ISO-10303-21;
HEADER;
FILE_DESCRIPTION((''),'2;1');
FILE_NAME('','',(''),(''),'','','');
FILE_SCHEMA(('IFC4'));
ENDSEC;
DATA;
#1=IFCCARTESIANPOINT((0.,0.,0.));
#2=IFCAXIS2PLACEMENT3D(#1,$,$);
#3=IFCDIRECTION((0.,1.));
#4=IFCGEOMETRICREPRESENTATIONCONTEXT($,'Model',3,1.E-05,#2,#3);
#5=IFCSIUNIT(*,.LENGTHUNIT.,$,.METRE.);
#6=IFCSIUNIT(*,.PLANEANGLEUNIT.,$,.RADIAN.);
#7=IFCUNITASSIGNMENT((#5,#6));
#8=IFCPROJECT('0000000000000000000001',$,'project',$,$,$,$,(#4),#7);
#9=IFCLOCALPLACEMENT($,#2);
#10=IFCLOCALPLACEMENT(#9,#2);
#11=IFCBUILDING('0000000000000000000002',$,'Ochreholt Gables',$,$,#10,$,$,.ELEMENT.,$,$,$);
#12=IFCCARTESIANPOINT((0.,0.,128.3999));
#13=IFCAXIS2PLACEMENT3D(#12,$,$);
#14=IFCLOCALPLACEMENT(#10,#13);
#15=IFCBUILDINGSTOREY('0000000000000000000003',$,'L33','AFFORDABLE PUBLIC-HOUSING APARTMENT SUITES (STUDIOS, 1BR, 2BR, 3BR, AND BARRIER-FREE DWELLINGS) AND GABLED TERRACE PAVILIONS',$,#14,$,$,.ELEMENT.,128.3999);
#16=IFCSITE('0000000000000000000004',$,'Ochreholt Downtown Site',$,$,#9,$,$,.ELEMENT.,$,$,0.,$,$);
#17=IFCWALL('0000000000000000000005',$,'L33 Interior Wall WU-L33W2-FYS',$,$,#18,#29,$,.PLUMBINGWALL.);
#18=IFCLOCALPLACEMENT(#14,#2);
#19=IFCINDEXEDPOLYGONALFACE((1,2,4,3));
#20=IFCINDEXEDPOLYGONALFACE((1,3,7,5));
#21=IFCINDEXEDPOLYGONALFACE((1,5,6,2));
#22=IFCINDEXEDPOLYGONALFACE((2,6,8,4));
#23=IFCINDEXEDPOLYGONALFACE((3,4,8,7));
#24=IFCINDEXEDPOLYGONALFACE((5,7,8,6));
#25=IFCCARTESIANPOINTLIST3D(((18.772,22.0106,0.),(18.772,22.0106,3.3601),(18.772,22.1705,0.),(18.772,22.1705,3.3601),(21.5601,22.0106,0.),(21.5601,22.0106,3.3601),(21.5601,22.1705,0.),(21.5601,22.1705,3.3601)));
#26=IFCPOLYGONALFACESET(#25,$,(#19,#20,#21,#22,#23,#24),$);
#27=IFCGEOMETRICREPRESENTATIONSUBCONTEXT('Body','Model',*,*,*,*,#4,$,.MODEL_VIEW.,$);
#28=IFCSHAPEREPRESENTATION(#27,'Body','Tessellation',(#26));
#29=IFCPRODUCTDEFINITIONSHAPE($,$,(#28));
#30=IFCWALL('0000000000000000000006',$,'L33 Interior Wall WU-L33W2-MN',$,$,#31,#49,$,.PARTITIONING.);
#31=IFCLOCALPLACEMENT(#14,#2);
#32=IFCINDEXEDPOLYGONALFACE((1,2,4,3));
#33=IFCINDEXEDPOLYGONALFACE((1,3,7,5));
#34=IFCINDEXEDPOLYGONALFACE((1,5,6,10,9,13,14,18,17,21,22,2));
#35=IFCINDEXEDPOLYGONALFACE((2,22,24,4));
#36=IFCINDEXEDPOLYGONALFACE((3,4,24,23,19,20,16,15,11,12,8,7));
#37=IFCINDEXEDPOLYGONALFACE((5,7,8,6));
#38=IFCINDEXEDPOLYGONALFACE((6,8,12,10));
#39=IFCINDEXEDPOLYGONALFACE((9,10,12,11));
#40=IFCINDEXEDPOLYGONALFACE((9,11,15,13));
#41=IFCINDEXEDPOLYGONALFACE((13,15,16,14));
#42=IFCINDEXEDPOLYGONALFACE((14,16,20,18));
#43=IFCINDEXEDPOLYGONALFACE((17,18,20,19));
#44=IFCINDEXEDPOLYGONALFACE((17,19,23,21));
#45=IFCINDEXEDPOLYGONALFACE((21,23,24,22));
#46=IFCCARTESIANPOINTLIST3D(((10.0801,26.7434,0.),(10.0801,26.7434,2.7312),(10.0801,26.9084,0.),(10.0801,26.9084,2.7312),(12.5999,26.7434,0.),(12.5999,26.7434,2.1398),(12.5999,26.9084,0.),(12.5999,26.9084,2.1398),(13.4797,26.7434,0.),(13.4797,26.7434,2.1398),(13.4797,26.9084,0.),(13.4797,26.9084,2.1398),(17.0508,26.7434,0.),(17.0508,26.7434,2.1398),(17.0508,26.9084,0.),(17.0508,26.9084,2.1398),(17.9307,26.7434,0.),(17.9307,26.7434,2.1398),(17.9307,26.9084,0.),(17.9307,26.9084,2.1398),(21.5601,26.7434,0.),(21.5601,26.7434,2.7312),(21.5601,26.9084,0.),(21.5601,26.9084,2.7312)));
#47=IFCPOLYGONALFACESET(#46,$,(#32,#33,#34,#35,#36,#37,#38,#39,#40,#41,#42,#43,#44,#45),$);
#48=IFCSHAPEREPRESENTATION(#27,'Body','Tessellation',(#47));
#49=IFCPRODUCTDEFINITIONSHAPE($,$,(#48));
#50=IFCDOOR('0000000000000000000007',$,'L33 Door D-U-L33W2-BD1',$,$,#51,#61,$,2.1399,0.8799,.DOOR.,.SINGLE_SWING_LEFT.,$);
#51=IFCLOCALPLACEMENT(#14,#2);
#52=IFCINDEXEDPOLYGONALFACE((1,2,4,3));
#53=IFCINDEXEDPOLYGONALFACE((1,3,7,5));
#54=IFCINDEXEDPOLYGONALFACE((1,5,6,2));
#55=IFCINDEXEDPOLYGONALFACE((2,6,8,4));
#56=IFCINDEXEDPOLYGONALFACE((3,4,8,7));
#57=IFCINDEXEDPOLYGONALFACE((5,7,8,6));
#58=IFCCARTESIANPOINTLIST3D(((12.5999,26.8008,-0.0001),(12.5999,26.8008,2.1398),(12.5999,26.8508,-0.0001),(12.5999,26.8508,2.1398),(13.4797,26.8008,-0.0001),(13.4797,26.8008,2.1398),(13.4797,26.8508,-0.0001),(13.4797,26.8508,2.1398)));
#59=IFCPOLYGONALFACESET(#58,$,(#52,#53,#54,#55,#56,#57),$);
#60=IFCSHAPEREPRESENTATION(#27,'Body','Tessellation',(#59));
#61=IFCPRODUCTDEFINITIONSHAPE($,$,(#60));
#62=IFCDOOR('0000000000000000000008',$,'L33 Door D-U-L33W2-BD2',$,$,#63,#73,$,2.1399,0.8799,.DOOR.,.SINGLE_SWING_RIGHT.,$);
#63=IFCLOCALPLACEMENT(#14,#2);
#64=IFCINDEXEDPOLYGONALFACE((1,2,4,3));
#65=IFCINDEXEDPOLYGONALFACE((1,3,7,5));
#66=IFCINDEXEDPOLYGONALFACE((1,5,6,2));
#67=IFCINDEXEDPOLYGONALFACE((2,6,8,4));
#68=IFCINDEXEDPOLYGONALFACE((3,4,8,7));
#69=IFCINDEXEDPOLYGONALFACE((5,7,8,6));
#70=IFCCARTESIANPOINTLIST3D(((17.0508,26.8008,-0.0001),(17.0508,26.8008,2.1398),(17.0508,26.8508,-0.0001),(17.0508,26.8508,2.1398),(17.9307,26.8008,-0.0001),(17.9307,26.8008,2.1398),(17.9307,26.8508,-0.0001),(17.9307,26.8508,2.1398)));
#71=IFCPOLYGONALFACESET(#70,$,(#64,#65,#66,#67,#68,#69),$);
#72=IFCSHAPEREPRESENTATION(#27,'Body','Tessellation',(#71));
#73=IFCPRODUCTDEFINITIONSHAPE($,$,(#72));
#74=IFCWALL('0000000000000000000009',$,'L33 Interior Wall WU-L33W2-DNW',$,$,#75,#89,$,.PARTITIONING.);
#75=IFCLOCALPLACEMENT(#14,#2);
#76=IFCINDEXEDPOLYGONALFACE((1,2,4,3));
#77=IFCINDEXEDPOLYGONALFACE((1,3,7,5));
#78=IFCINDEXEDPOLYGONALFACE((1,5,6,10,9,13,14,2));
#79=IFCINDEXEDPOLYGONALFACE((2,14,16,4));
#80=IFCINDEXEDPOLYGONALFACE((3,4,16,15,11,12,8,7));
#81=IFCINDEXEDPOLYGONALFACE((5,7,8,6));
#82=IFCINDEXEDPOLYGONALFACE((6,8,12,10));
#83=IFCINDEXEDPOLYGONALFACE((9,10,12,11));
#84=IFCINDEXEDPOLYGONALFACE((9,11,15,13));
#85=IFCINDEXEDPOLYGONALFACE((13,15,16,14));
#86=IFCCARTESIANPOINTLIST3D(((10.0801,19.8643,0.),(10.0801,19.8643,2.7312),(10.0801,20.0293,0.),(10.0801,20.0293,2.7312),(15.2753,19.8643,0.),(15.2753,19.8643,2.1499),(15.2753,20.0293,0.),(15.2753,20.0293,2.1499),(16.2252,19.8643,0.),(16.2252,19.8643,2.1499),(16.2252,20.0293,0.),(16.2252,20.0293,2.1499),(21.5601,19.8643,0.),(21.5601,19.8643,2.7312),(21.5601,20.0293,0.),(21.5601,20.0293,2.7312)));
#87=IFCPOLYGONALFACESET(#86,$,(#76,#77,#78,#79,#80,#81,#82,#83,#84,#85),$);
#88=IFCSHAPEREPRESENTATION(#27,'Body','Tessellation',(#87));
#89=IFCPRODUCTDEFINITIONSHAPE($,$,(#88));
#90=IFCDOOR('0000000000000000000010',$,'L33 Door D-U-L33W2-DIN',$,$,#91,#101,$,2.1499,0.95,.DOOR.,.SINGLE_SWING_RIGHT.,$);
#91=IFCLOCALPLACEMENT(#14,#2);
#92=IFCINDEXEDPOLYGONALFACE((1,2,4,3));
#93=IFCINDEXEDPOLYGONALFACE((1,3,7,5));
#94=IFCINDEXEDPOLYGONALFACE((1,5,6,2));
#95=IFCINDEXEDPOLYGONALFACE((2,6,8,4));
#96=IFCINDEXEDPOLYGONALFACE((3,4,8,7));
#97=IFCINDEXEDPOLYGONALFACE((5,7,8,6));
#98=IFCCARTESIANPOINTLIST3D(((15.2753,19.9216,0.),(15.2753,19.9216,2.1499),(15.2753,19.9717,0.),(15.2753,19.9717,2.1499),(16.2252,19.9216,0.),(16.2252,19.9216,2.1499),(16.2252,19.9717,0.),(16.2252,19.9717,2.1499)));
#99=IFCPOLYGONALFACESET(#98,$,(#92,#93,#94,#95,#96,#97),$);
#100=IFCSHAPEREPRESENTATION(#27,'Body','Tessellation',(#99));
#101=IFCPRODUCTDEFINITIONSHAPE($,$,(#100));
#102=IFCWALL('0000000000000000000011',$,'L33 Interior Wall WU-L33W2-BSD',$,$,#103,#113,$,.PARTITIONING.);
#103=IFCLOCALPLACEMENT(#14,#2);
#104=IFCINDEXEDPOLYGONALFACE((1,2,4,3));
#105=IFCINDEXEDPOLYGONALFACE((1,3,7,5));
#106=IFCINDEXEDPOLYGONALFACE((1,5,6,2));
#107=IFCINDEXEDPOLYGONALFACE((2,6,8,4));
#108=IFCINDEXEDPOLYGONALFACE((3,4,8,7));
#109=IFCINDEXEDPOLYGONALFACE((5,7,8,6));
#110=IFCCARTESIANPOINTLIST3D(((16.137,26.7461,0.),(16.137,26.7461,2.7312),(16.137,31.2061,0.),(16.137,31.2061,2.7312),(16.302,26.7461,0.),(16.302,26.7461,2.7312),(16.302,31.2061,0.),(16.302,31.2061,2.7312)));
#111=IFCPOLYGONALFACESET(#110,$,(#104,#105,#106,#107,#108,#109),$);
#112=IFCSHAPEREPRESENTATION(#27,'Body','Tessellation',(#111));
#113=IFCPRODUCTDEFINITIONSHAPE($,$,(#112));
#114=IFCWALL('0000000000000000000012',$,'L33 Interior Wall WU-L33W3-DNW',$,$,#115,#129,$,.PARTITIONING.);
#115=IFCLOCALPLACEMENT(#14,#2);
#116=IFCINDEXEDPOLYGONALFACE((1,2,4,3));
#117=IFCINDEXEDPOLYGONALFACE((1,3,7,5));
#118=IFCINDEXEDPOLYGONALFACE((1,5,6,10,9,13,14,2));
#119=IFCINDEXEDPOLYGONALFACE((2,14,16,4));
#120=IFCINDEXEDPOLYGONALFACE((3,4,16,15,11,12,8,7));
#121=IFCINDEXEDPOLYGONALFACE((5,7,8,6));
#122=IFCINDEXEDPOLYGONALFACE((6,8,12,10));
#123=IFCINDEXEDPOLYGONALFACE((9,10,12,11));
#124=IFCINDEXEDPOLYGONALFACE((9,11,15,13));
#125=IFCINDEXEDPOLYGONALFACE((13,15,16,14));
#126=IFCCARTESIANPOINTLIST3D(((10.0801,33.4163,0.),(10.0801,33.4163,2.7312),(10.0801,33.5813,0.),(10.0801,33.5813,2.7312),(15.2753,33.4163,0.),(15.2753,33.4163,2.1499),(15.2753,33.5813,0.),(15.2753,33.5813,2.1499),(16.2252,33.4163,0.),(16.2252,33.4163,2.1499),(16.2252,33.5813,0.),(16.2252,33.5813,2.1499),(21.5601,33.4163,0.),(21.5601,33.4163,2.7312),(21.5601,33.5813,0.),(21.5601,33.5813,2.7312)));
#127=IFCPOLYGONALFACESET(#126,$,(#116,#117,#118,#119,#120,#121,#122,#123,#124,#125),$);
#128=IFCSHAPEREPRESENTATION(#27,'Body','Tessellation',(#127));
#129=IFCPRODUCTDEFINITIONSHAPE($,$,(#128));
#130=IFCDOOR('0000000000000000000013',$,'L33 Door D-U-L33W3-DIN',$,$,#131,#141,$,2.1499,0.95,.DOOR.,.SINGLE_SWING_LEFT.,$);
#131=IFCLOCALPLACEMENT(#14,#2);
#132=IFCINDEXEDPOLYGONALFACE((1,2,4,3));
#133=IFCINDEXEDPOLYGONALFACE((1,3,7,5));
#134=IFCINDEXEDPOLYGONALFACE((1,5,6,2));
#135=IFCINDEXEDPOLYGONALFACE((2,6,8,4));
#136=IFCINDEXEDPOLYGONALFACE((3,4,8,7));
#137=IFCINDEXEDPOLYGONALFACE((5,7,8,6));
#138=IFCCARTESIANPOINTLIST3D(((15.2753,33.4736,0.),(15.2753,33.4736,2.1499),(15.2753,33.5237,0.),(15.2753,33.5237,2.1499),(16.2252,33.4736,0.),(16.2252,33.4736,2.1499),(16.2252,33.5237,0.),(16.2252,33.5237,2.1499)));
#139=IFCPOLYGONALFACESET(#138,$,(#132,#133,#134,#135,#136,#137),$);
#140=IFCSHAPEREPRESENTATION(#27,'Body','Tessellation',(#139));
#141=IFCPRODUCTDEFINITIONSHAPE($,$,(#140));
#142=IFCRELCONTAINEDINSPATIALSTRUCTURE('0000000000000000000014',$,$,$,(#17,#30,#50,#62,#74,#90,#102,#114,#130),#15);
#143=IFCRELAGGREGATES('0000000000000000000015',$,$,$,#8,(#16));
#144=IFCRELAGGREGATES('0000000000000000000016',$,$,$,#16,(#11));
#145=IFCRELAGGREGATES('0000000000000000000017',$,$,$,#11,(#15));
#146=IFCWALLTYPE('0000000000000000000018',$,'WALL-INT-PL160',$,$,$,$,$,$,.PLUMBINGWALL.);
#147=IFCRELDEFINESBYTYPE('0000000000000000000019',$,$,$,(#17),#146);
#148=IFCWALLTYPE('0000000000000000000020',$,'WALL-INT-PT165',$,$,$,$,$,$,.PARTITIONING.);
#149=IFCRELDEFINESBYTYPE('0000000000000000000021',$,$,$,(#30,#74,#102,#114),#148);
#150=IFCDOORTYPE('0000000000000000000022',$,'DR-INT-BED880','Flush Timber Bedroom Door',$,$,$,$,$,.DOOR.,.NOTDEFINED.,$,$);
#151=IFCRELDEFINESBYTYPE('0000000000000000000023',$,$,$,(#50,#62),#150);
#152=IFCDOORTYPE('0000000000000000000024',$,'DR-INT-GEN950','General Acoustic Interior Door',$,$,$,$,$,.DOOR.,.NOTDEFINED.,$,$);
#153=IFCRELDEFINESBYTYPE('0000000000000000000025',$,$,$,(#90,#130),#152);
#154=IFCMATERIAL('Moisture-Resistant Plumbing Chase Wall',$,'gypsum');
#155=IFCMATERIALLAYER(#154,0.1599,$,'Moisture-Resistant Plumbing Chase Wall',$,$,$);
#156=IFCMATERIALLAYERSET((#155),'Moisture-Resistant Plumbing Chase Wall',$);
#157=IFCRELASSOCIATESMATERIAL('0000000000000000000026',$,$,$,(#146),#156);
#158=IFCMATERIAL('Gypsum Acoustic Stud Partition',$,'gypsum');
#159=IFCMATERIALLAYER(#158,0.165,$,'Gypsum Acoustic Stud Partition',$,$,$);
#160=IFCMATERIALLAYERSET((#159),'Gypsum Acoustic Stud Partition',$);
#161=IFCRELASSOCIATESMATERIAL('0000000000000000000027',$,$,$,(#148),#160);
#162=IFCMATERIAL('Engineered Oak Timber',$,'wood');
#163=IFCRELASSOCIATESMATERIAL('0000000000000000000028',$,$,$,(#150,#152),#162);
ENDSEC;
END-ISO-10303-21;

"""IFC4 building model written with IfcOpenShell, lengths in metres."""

from ifc_helpers import new_model, si_unit, direction, frame, frame_2d, origin, place, context, subcontext, project, spatial, rectangle, extrude, material, layer, layer_set, type_object, element, fill, save


model = new_model("IFC4")

# Units and contexts
model_context = context("Model", 3, precision=1e-05, world=origin(), true_north=direction((0.0, 1.0)))
body_context = subcontext(model_context, "Body", "Model", "MODEL_VIEW")
ifc_project = project(units=[si_unit("LENGTHUNIT", "METRE"), si_unit("PLANEANGLEUNIT", "RADIAN")], contexts=[model_context])

# Site, building, storey
site_placement = place(None, origin())
site = spatial("IfcSite", under=ifc_project, at=site_placement, Name="Ochreholt Downtown Site", CompositionType="ELEMENT", RefElevation=0.0)
building_placement = place(site_placement, origin())
building = spatial("IfcBuilding", under=site, at=building_placement, Name="Ochreholt Gables", CompositionType="ELEMENT")
storey_placement = place(building_placement, frame((0.0, 0.0, 128.3999)))
storey = spatial("IfcBuildingStorey", under=building, at=storey_placement, Name="L33", Description="AFFORDABLE PUBLIC-HOUSING APARTMENT SUITES (STUDIOS, 1BR, 2BR, 3BR, AND BARRIER-FREE DWELLINGS) AND GABLED TERRACE PAVILIONS", CompositionType="ELEMENT", Elevation=128.3999)

# Wall
ifc_material_1 = material(Name="Moisture-Resistant Plumbing Chase Wall", Category="gypsum")
ifc_layer_1 = layer(ifc_material_1, 0.1599, Name="Moisture-Resistant Plumbing Chase Wall")
ifc_layer_set_1 = layer_set([ifc_layer_1], Name="Moisture-Resistant Plumbing Chase Wall")
wall_type_1 = type_object("IfcWallType", Name="WALL-INT-PL160", PredefinedType="PLUMBINGWALL", material=ifc_layer_set_1)
wall_1_placement = place(storey_placement, frame((18.772, 22.0906, 0.0), z_axis=(0.0, 0.0, 1.0), x_axis=(1.0, 0.0, 0.0)))
element("IfcWall", 1, at=wall_1_placement, inside=storey, type_object=wall_type_1, Name="L33 Interior Wall WU-L33W2-FYS", PredefinedType="PLUMBINGWALL", context=body_context, shape_type="SweptSolid", body=[
    extrude(rectangle(XDim=2.7881, YDim=0.1599, at=frame_2d((1.394, 0.0))), origin(), (0.0, 0.0, 1.0), 3.3601),
])

# Wall, openings, doors
ifc_material_2 = material(Name="Engineered Oak Timber", Category="wood")
ifc_material_3 = material(Name="Gypsum Acoustic Stud Partition", Category="gypsum")
ifc_layer_2 = layer(ifc_material_3, 0.165, Name="Gypsum Acoustic Stud Partition")
ifc_layer_set_2 = layer_set([ifc_layer_2], Name="Gypsum Acoustic Stud Partition")
wall_type_2 = type_object("IfcWallType", Name="WALL-INT-PT165", PredefinedType="PARTITIONING", material=ifc_layer_set_2)
wall_2_placement = place(storey_placement, frame((10.0801, 26.8259, 0.0), z_axis=(0.0, 0.0, 1.0), x_axis=(1.0, 0.0, 0.0)))
wall_2 = element("IfcWall", 2, at=wall_2_placement, inside=storey, type_object=wall_type_2, Name="L33 Interior Wall WU-L33W2-MN", PredefinedType="PARTITIONING", context=body_context, shape_type="SweptSolid", body=[
    extrude(rectangle(XDim=11.48, YDim=0.165, at=frame_2d((5.74, 0.0))), origin(), (0.0, 0.0, 1.0), 2.7312),
])
opening_1_placement = place(wall_2_placement, frame((2.5198, 0.0, 0.0)))
opening_1 = element("IfcOpeningElement", 3, at=opening_1_placement, cuts=wall_2, PredefinedType="OPENING", context=body_context, shape_type="SweptSolid", body=[
    extrude(rectangle(XDim=0.8799, YDim=2.1399, at=frame_2d((0.4399, 1.0698))), frame((0.0, 0.0925, 0.0), z_axis=(0.0, -1.0, 0.0), x_axis=(1.0, 0.0, 0.0)), (0.0, 0.0, 1.0), 0.1851),
])
opening_2_placement = place(wall_2_placement, frame((6.9707, 0.0, 0.0)))
opening_2 = element("IfcOpeningElement", 4, at=opening_2_placement, cuts=wall_2, PredefinedType="OPENING", context=body_context, shape_type="SweptSolid", body=[
    extrude(rectangle(XDim=0.8799, YDim=2.1399, at=frame_2d((0.4399, 1.0698))), frame((0.0, 0.0925, 0.0), z_axis=(0.0, -1.0, 0.0), x_axis=(1.0, 0.0, 0.0)), (0.0, 0.0, 1.0), 0.1851),
])
door_type_1 = type_object("IfcDoorType", Name="DR-INT-BED880", Description="Flush Timber Bedroom Door", OperationType="NOTDEFINED", PredefinedType="DOOR", material=ifc_material_2)
door_1_placement = place(opening_1_placement, origin())
door_1 = element("IfcDoor", 5, at=door_1_placement, inside=storey, type_object=door_type_1, Name="L33 Door D-U-L33W2-BD1", OperationType="SINGLE_SWING_LEFT", OverallHeight=2.1399, OverallWidth=0.8799, PredefinedType="DOOR", context=body_context, shape_type="SweptSolid", body=[
    extrude(rectangle(XDim=0.8799, YDim=2.1399, at=frame_2d((0.4399, 1.0698))), frame((0.0, 0.0249, 0.0), z_axis=(0.0, -1.0, 0.0), x_axis=(1.0, 0.0, 0.0)), (0.0, 0.0, 1.0), 0.05),
])
fill(opening_1, door_1)
door_2_placement = place(opening_2_placement, origin())
door_2 = element("IfcDoor", 6, at=door_2_placement, inside=storey, type_object=door_type_1, Name="L33 Door D-U-L33W2-BD2", OperationType="SINGLE_SWING_RIGHT", OverallHeight=2.1399, OverallWidth=0.8799, PredefinedType="DOOR", context=body_context, shape_type="SweptSolid", body=[
    extrude(rectangle(XDim=0.8799, YDim=2.1399, at=frame_2d((0.4399, 1.0698))), frame((0.0, 0.0249, 0.0), z_axis=(0.0, -1.0, 0.0), x_axis=(1.0, 0.0, 0.0)), (0.0, 0.0, 1.0), 0.05),
])
fill(opening_2, door_2)

# Wall, opening, door
wall_3_placement = place(storey_placement, frame((10.0801, 19.9468, 0.0), z_axis=(0.0, 0.0, 1.0), x_axis=(1.0, 0.0, 0.0)))
wall_3 = element("IfcWall", 7, at=wall_3_placement, inside=storey, type_object=wall_type_2, Name="L33 Interior Wall WU-L33W2-DNW", PredefinedType="PARTITIONING", context=body_context, shape_type="SweptSolid", body=[
    extrude(rectangle(XDim=11.48, YDim=0.165, at=frame_2d((5.74, 0.0))), origin(), (0.0, 0.0, 1.0), 2.7312),
])
opening_3_placement = place(wall_3_placement, frame((5.1951, 0.0, 0.0)))
opening_3 = element("IfcOpeningElement", 8, at=opening_3_placement, cuts=wall_3, PredefinedType="OPENING", context=body_context, shape_type="SweptSolid", body=[
    extrude(rectangle(XDim=0.95, YDim=2.1499, at=frame_2d((0.4751, 1.075))), frame((0.0, 0.0925, 0.0), z_axis=(0.0, -1.0, 0.0), x_axis=(1.0, 0.0, 0.0)), (0.0, 0.0, 1.0), 0.1851),
])
door_type_2 = type_object("IfcDoorType", Name="DR-INT-GEN950", Description="General Acoustic Interior Door", OperationType="NOTDEFINED", PredefinedType="DOOR", material=ifc_material_2)
door_3_placement = place(opening_3_placement, origin())
door_3 = element("IfcDoor", 9, at=door_3_placement, inside=storey, type_object=door_type_2, Name="L33 Door D-U-L33W2-DIN", OperationType="SINGLE_SWING_RIGHT", OverallHeight=2.1499, OverallWidth=0.95, PredefinedType="DOOR", context=body_context, shape_type="SweptSolid", body=[
    extrude(rectangle(XDim=0.95, YDim=2.1499, at=frame_2d((0.4751, 1.075))), frame((0.0, 0.0249, 0.0), z_axis=(0.0, -1.0, 0.0), x_axis=(1.0, 0.0, 0.0)), (0.0, 0.0, 1.0), 0.05),
])
fill(opening_3, door_3)

# Wall
wall_4_placement = place(storey_placement, frame((16.2195, 26.7461, 0.0), z_axis=(0.0, 0.0, 1.0), x_axis=(0.0, 1.0, 0.0)))
element("IfcWall", 10, at=wall_4_placement, inside=storey, type_object=wall_type_2, Name="L33 Interior Wall WU-L33W2-BSD", PredefinedType="PARTITIONING", context=body_context, shape_type="SweptSolid", body=[
    extrude(rectangle(XDim=4.46, YDim=0.165, at=frame_2d((2.23, 0.0))), origin(), (0.0, 0.0, 1.0), 2.7312),
])

# Wall, opening, door
wall_5_placement = place(storey_placement, frame((10.0801, 33.4988, 0.0), z_axis=(0.0, 0.0, 1.0), x_axis=(1.0, 0.0, 0.0)))
wall_5 = element("IfcWall", 11, at=wall_5_placement, inside=storey, type_object=wall_type_2, Name="L33 Interior Wall WU-L33W3-DNW", PredefinedType="PARTITIONING", context=body_context, shape_type="SweptSolid", body=[
    extrude(rectangle(XDim=11.48, YDim=0.165, at=frame_2d((5.74, 0.0))), origin(), (0.0, 0.0, 1.0), 2.7312),
])
opening_4_placement = place(wall_5_placement, frame((5.1951, 0.0, 0.0)))
opening_4 = element("IfcOpeningElement", 12, at=opening_4_placement, cuts=wall_5, PredefinedType="OPENING", context=body_context, shape_type="SweptSolid", body=[
    extrude(rectangle(XDim=0.95, YDim=2.1499, at=frame_2d((0.4751, 1.075))), frame((0.0, 0.0925, 0.0), z_axis=(0.0, -1.0, 0.0), x_axis=(1.0, 0.0, 0.0)), (0.0, 0.0, 1.0), 0.1851),
])
door_4_placement = place(opening_4_placement, origin())
door_4 = element("IfcDoor", 13, at=door_4_placement, inside=storey, type_object=door_type_2, Name="L33 Door D-U-L33W3-DIN", OperationType="SINGLE_SWING_LEFT", OverallHeight=2.1499, OverallWidth=0.95, PredefinedType="DOOR", context=body_context, shape_type="SweptSolid", body=[
    extrude(rectangle(XDim=0.95, YDim=2.1499, at=frame_2d((0.4751, 1.075))), frame((0.0, 0.0249, 0.0), z_axis=(0.0, -1.0, 0.0), x_axis=(1.0, 0.0, 0.0)), (0.0, 0.0, 1.0), 0.05),
])
fill(opening_4, door_4)

save(model, "model.ifc")
